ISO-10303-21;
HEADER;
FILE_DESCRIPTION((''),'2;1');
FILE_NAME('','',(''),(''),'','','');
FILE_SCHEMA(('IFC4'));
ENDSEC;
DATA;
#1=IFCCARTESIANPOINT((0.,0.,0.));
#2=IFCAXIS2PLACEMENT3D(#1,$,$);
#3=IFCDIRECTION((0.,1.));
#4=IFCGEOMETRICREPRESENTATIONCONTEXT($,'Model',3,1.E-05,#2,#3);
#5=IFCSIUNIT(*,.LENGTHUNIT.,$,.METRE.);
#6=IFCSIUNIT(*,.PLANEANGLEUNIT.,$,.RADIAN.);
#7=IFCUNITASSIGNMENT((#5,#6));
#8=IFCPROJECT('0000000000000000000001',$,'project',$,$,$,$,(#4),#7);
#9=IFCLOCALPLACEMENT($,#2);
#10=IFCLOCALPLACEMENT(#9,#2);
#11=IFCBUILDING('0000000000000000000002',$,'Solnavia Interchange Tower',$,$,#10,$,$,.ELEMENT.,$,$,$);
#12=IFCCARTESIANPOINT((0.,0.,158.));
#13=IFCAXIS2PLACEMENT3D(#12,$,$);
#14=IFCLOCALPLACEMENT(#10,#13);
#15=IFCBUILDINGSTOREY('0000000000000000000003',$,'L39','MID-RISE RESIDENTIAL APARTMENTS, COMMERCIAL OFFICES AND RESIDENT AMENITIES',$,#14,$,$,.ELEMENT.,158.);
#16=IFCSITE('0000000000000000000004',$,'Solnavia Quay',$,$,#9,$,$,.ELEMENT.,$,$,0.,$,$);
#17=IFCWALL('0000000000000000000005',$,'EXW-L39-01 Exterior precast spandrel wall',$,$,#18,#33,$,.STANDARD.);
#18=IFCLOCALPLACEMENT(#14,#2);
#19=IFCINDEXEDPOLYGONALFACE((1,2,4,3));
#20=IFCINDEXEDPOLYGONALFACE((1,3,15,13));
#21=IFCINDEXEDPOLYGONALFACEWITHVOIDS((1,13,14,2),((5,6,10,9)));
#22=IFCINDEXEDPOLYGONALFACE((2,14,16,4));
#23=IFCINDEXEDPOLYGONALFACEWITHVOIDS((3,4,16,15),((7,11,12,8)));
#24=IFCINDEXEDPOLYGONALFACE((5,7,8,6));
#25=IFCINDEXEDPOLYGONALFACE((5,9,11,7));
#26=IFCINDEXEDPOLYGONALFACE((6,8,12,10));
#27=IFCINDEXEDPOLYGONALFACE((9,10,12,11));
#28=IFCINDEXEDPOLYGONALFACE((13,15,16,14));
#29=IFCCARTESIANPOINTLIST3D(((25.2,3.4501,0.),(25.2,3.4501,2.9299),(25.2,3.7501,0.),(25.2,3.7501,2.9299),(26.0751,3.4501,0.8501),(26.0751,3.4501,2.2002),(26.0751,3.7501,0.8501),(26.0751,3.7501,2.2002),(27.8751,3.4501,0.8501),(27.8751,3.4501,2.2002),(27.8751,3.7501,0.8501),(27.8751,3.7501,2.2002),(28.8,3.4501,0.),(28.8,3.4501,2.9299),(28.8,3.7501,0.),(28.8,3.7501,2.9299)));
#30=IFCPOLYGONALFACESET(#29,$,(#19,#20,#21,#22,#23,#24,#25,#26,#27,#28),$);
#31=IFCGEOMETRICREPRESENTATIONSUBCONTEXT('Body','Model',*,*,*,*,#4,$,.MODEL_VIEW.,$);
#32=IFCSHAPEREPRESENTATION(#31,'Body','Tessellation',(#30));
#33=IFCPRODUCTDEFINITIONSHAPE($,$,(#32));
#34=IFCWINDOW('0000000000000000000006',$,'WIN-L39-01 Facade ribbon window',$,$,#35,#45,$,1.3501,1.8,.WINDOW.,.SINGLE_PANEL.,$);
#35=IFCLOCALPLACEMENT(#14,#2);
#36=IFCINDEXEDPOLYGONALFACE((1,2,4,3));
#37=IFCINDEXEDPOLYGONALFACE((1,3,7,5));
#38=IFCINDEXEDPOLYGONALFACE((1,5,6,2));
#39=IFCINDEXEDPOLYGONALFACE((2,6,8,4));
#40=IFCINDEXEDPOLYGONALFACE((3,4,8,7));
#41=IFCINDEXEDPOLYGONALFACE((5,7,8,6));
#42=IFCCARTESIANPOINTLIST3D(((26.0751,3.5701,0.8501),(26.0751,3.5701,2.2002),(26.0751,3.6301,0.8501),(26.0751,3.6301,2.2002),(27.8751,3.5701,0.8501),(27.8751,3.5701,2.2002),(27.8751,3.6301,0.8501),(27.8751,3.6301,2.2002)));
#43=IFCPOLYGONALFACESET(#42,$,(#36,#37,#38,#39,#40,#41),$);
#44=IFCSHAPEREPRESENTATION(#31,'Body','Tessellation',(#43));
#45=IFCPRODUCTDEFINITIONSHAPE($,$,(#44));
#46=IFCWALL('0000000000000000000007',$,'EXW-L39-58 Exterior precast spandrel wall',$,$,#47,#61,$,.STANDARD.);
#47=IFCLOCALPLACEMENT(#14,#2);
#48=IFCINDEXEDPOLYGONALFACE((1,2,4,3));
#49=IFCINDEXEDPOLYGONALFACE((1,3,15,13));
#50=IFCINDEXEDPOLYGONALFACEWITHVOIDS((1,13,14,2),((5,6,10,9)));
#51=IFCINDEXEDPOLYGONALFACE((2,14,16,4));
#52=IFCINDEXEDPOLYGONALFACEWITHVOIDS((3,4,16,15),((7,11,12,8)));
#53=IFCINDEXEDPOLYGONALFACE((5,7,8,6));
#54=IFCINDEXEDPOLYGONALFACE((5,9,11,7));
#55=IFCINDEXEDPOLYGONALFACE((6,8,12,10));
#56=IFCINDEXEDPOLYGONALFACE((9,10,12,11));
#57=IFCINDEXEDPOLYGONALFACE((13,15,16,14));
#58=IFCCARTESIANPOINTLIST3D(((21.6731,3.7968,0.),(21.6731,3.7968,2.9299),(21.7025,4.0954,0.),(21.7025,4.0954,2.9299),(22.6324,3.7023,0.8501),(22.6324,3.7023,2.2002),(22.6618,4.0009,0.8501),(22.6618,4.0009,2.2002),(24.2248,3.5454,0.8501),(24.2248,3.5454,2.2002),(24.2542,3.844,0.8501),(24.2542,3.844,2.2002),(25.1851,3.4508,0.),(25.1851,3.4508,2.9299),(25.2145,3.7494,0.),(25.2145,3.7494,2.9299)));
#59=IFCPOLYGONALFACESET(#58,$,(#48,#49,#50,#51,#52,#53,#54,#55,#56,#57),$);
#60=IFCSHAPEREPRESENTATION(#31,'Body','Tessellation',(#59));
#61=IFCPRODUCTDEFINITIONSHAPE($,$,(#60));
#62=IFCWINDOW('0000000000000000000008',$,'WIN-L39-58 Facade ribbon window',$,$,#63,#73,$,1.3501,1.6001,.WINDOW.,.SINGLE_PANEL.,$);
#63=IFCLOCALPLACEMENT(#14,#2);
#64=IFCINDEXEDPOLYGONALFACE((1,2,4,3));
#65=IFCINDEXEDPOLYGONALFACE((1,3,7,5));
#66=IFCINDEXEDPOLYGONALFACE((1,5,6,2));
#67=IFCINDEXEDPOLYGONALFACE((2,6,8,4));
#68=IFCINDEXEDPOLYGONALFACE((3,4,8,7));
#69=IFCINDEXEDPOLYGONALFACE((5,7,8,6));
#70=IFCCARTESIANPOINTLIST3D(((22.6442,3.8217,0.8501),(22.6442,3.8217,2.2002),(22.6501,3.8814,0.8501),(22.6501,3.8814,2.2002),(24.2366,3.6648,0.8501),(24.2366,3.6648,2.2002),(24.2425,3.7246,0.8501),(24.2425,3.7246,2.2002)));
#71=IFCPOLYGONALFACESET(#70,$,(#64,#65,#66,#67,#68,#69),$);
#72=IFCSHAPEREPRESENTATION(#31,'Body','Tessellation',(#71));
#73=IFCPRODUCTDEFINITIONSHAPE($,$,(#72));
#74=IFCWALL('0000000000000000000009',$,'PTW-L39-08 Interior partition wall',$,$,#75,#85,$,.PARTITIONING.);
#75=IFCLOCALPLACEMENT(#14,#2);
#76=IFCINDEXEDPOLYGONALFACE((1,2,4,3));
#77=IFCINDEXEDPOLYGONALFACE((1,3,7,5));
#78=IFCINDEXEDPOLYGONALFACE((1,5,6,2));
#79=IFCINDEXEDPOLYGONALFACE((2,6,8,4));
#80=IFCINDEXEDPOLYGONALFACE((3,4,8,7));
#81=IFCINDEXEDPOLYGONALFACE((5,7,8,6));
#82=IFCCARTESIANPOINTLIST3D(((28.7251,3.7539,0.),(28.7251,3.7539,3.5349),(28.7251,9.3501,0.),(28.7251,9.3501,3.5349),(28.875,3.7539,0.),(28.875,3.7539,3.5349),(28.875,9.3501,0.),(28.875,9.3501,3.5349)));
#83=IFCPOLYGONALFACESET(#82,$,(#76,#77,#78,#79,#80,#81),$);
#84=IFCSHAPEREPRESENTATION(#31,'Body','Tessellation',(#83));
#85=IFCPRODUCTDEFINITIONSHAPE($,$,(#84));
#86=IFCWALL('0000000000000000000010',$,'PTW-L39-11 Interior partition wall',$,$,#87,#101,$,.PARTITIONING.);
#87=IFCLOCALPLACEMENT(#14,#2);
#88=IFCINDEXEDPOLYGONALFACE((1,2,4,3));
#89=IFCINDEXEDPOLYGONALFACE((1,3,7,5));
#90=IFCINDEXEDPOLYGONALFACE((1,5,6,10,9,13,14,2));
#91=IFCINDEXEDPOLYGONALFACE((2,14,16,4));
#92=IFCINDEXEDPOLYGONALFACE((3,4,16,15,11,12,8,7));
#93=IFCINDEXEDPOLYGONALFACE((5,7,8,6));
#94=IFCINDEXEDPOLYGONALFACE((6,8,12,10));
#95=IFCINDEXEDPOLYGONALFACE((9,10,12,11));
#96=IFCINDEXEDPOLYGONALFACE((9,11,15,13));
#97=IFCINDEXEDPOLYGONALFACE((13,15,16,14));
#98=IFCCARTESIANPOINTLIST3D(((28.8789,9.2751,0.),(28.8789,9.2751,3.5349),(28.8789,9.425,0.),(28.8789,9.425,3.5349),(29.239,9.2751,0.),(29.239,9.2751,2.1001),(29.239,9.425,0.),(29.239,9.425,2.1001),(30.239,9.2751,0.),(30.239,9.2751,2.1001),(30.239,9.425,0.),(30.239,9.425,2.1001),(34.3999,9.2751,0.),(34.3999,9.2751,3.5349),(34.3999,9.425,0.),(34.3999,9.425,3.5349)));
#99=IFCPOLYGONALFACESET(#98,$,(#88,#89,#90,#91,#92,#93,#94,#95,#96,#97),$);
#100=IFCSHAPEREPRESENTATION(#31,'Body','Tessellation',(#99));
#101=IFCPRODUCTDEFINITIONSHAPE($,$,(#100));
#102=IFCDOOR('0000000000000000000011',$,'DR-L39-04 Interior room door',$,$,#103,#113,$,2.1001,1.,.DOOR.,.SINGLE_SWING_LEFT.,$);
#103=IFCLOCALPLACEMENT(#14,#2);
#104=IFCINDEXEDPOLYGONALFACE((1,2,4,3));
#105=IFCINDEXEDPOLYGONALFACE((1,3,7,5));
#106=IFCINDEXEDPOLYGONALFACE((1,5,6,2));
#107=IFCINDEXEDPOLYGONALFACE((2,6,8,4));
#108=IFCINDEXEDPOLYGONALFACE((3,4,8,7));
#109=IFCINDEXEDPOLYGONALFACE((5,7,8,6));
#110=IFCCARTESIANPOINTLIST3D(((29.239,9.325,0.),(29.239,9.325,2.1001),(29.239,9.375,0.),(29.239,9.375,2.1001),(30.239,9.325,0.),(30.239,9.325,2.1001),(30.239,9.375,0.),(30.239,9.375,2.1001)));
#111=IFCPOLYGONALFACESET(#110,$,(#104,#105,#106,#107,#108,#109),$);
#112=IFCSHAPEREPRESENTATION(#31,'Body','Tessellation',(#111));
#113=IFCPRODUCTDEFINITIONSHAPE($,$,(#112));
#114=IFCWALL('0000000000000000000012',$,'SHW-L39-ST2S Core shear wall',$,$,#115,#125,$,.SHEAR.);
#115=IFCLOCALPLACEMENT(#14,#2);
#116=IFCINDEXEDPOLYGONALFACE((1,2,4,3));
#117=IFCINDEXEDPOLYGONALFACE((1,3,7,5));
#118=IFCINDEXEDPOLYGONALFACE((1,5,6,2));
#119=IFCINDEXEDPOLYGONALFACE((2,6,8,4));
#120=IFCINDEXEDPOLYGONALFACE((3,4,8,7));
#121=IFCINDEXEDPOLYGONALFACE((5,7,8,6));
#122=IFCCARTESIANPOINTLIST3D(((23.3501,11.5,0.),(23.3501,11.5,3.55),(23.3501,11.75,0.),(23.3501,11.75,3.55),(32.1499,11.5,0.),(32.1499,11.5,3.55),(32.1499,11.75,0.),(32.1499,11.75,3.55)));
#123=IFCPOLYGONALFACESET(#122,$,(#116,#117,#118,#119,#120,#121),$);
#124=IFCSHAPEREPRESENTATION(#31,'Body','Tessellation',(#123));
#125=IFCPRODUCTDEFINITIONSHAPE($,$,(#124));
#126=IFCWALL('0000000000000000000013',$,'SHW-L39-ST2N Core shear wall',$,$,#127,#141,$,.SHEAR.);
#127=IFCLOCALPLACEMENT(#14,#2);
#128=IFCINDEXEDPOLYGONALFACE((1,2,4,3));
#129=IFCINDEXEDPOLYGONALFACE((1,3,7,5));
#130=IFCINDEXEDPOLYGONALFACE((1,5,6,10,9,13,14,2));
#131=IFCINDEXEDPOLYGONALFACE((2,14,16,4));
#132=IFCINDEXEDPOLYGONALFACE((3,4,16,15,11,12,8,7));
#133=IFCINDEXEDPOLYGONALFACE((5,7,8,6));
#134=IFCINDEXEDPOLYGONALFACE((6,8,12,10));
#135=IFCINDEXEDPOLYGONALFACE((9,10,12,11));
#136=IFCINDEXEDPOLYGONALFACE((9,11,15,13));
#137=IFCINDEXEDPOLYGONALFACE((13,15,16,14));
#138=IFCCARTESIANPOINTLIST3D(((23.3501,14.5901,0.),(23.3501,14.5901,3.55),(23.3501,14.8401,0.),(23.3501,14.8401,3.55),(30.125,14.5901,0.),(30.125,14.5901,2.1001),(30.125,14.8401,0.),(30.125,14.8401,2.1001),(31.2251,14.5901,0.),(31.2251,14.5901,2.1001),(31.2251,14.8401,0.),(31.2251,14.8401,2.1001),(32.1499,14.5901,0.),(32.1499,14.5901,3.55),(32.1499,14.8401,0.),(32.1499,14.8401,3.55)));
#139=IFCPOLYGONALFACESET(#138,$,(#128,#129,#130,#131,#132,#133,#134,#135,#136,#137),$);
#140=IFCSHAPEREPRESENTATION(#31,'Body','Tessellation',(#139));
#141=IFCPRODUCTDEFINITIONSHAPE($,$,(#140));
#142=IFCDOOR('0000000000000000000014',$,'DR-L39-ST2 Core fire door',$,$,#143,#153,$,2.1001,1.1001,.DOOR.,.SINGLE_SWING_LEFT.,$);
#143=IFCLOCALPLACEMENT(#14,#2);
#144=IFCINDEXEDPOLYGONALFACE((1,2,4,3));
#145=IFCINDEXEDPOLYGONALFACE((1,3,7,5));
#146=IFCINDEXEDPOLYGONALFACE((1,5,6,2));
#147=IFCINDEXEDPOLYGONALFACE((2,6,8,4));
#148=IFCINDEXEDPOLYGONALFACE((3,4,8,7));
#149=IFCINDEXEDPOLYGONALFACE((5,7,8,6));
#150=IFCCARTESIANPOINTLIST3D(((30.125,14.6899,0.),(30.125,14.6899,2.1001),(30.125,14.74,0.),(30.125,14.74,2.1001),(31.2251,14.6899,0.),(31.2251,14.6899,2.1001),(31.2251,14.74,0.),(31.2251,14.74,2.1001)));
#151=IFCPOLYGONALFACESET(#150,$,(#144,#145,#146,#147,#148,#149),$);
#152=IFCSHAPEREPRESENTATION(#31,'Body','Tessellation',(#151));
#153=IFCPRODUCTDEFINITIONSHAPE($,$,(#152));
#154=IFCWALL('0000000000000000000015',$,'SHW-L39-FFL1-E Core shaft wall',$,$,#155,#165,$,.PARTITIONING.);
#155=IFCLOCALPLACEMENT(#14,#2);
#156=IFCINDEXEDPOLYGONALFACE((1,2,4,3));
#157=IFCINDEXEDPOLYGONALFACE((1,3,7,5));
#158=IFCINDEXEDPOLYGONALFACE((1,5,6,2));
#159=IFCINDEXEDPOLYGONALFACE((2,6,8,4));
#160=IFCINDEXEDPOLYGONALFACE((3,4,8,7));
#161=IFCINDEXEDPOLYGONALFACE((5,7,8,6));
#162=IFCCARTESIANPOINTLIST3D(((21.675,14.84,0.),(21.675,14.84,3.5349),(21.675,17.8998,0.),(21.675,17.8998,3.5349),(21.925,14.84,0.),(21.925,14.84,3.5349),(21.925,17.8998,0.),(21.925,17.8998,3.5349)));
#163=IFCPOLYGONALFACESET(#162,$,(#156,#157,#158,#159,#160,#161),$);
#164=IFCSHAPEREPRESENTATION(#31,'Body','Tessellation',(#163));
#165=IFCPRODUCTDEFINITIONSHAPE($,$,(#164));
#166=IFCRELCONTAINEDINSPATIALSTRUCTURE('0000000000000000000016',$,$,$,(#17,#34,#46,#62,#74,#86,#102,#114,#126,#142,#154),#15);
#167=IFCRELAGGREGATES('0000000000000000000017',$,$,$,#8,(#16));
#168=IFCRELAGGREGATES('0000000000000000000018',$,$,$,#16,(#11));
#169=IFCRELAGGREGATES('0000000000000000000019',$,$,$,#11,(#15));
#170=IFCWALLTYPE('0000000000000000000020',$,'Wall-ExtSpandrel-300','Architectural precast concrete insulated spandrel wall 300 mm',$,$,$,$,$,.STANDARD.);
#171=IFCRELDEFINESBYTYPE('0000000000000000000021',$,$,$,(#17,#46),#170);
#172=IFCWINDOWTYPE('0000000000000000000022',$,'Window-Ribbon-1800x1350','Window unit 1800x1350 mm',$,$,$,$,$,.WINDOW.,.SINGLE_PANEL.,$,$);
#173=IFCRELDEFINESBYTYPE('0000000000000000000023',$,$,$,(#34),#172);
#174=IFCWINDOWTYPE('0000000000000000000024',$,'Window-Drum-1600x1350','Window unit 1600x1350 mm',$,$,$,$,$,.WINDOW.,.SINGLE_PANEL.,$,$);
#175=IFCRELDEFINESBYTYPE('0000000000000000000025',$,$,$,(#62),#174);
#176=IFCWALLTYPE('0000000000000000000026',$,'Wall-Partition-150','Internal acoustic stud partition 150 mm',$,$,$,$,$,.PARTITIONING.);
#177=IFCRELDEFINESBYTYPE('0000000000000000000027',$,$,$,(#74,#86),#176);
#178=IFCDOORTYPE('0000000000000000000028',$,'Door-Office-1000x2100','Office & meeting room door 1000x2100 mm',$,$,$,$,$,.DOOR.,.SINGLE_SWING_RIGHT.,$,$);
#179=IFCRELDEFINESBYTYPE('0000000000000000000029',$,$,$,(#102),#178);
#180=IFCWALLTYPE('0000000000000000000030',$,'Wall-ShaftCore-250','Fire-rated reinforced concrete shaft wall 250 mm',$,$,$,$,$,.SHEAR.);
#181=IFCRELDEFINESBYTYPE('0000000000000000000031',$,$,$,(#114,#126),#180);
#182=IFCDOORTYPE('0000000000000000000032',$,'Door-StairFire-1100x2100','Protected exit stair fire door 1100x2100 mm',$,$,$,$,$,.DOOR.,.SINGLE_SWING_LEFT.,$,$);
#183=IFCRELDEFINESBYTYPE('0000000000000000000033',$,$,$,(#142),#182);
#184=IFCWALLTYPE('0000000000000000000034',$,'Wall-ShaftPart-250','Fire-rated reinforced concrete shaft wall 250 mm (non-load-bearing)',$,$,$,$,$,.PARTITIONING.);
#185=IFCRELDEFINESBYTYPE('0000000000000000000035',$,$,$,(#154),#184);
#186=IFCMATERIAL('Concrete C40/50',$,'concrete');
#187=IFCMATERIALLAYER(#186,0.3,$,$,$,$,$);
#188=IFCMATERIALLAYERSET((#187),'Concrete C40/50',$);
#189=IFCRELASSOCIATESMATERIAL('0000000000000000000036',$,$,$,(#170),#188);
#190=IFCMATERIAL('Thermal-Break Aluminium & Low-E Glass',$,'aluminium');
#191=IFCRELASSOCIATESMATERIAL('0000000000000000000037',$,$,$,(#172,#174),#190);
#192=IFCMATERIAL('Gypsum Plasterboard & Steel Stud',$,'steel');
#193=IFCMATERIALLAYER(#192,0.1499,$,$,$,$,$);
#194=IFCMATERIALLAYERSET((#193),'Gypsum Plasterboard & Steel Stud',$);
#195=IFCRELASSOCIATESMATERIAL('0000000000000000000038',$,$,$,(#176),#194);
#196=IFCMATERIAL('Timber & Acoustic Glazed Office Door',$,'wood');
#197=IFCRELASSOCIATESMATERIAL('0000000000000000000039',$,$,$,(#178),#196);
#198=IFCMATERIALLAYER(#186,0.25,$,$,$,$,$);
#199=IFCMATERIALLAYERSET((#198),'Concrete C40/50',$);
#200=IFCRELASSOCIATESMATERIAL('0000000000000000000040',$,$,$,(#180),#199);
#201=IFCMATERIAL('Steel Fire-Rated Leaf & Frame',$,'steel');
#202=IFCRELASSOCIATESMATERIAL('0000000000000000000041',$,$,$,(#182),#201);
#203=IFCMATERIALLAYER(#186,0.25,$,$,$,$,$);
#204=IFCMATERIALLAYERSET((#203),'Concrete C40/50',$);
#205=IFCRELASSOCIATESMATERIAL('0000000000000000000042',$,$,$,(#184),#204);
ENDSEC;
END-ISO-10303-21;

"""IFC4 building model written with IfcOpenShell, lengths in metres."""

from ifc_helpers import new_model, si_unit, direction, frame, frame_2d, origin, place, context, subcontext, project, spatial, rectangle, extrude, material, layer, layer_set, type_object, element, fill, save


model = new_model("IFC4")

# Units and contexts
model_context = context("Model", 3, precision=1e-05, world=origin(), true_north=direction((0.0, 1.0)))
body_context = subcontext(model_context, "Body", "Model", "MODEL_VIEW")
ifc_project = project(units=[si_unit("LENGTHUNIT", "METRE"), si_unit("PLANEANGLEUNIT", "RADIAN")], contexts=[model_context])

# Site, building, storey
site_placement = place(None, origin())
site = spatial("IfcSite", under=ifc_project, at=site_placement, Name="Solnavia Quay", CompositionType="ELEMENT", RefElevation=0.0)
building_placement = place(site_placement, origin())
building = spatial("IfcBuilding", under=site, at=building_placement, Name="Solnavia Interchange Tower", CompositionType="ELEMENT")
storey_placement = place(building_placement, frame((0.0, 0.0, 158.0)))
storey = spatial("IfcBuildingStorey", under=building, at=storey_placement, Name="L39", Description="MID-RISE RESIDENTIAL APARTMENTS, COMMERCIAL OFFICES AND RESIDENT AMENITIES", CompositionType="ELEMENT", Elevation=158.0)

# Walls, openings, windows
ifc_material_1 = material(Name="Concrete C40/50", Category="concrete")
ifc_layer_1 = layer(ifc_material_1, 0.3)
ifc_layer_set_1 = layer_set([ifc_layer_1], Name="Concrete C40/50")
wall_type_1 = type_object("IfcWallType", Name="Wall-ExtSpandrel-300", Description="Architectural precast concrete insulated spandrel wall 300 mm", PredefinedType="STANDARD", material=ifc_layer_set_1)
wall_1_placement = place(storey_placement, frame((28.8, 3.6001, 0.0), z_axis=(0.0, 0.0, 1.0), x_axis=(-1.0, 0.0, 0.0)))
wall_1 = element("IfcWall", 1, at=wall_1_placement, inside=storey, type_object=wall_type_1, Name="EXW-L39-01 Exterior precast spandrel wall", PredefinedType="STANDARD", context=body_context, shape_type="SweptSolid", body=[
    extrude(rectangle(XDim=3.6001, YDim=0.3, at=frame_2d((1.8, 0.0))), origin(), (0.0, 0.0, 1.0), 2.9299),
])
opening_1_placement = place(wall_1_placement, frame((0.925, 0.0, 0.8501)))
opening_1 = element("IfcOpeningElement", 2, at=opening_1_placement, cuts=wall_1, PredefinedType="OPENING", context=body_context, shape_type="SweptSolid", body=[
    extrude(rectangle(XDim=1.8, YDim=1.3501, at=frame_2d((0.8999, 0.675))), frame((0.0, 0.1602, 0.0), z_axis=(0.0, -1.0, 0.0), x_axis=(1.0, 0.0, 0.0)), (0.0, 0.0, 1.0), 0.3201),
])
ifc_material_2 = material(Name="Thermal-Break Aluminium & Low-E Glass", Category="aluminium")
window_type_1 = type_object("IfcWindowType", Name="Window-Ribbon-1800x1350", Description="Window unit 1800x1350 mm", PartitioningType="SINGLE_PANEL", PredefinedType="WINDOW", material=ifc_material_2)
window_1_placement = place(opening_1_placement, origin())
window_1 = element("IfcWindow", 3, at=window_1_placement, inside=storey, type_object=window_type_1, Name="WIN-L39-01 Facade ribbon window", OverallHeight=1.3501, OverallWidth=1.8, PartitioningType="SINGLE_PANEL", PredefinedType="WINDOW", context=body_context, shape_type="SweptSolid", body=[
    extrude(rectangle(XDim=1.8, YDim=1.3501, at=frame_2d((0.8999, 0.675))), frame((0.0, 0.03, 0.0), z_axis=(0.0, -1.0, 0.0), x_axis=(1.0, 0.0, 0.0)), (0.0, 0.0, 1.0), 0.0601),
])
fill(opening_1, window_1)
wall_2_placement = place(storey_placement, frame((25.2, 3.6001, 0.0), z_axis=(0.0, 0.0, 1.0), x_axis=(-0.995183, 0.098031, 0.0)))
wall_2 = element("IfcWall", 4, at=wall_2_placement, inside=storey, type_object=wall_type_1, Name="EXW-L39-58 Exterior precast spandrel wall", PredefinedType="STANDARD", context=body_context, shape_type="SweptSolid", body=[
    extrude(rectangle(XDim=3.5291, YDim=0.3, at=frame_2d((1.7646, 0.0))), origin(), (0.0, 0.0, 1.0), 2.9299),
])
opening_2_placement = place(wall_2_placement, frame((0.9651, 0.0, 0.8501)))
opening_2 = element("IfcOpeningElement", 5, at=opening_2_placement, cuts=wall_2, PredefinedType="OPENING", context=body_context, shape_type="SweptSolid", body=[
    extrude(rectangle(XDim=1.6001, YDim=1.3501, at=frame_2d((0.8, 0.675))), frame((0.0, 0.1602, 0.0), z_axis=(0.0, -1.0, 0.0), x_axis=(1.0, 0.0, 0.0)), (0.0, 0.0, 1.0), 0.3201),
])
window_type_2 = type_object("IfcWindowType", Name="Window-Drum-1600x1350", Description="Window unit 1600x1350 mm", PartitioningType="SINGLE_PANEL", PredefinedType="WINDOW", material=ifc_material_2)
window_2_placement = place(opening_2_placement, origin())
window_2 = element("IfcWindow", 6, at=window_2_placement, inside=storey, type_object=window_type_2, Name="WIN-L39-58 Facade ribbon window", OverallHeight=1.3501, OverallWidth=1.6001, PartitioningType="SINGLE_PANEL", PredefinedType="WINDOW", context=body_context, shape_type="SweptSolid", body=[
    extrude(rectangle(XDim=1.6001, YDim=1.3501, at=frame_2d((0.8, 0.675))), frame((0.0, 0.03, 0.0), z_axis=(0.0, -1.0, 0.0), x_axis=(1.0, 0.0, 0.0)), (0.0, 0.0, 1.0), 0.0601),
])
fill(opening_2, window_2)

# Wall
ifc_material_3 = material(Name="Gypsum Plasterboard & Steel Stud", Category="steel")
ifc_layer_2 = layer(ifc_material_3, 0.1499)
ifc_layer_set_2 = layer_set([ifc_layer_2], Name="Gypsum Plasterboard & Steel Stud")
wall_type_2 = type_object("IfcWallType", Name="Wall-Partition-150", Description="Internal acoustic stud partition 150 mm", PredefinedType="PARTITIONING", material=ifc_layer_set_2)
wall_3_placement = place(storey_placement, frame((28.8, 9.3501, 0.0), z_axis=(0.0, 0.0, 1.0), x_axis=(0.0, -1.0, 0.0)))
element("IfcWall", 7, at=wall_3_placement, inside=storey, type_object=wall_type_2, Name="PTW-L39-08 Interior partition wall", PredefinedType="PARTITIONING", context=body_context, shape_type="SweptSolid", body=[
    extrude(rectangle(XDim=5.5962, YDim=0.1499, at=frame_2d((2.7981, 0.0))), origin(), (0.0, 0.0, 1.0), 3.5349),
])

# Wall, opening, door
wall_4_placement = place(storey_placement, frame((28.8789, 9.3501, 0.0), z_axis=(0.0, 0.0, 1.0), x_axis=(1.0, 0.0, 0.0)))
wall_4 = element("IfcWall", 8, at=wall_4_placement, inside=storey, type_object=wall_type_2, Name="PTW-L39-11 Interior partition wall", PredefinedType="PARTITIONING", context=body_context, shape_type="SweptSolid", body=[
    extrude(rectangle(XDim=5.521, YDim=0.1499, at=frame_2d((2.7605, 0.0))), origin(), (0.0, 0.0, 1.0), 3.5349),
])
opening_3_placement = place(wall_4_placement, frame((0.3601, 0.0, 0.0)))
opening_3 = element("IfcOpeningElement", 9, at=opening_3_placement, cuts=wall_4, PredefinedType="OPENING", context=body_context, shape_type="SweptSolid", body=[
    extrude(rectangle(XDim=1.0, YDim=2.1001, at=frame_2d((0.5, 1.05))), frame((0.0, 0.085, 0.0), z_axis=(0.0, -1.0, 0.0), x_axis=(1.0, 0.0, 0.0)), (0.0, 0.0, 1.0), 0.1699),
])
ifc_material_4 = material(Name="Timber & Acoustic Glazed Office Door", Category="wood")
door_type_1 = type_object("IfcDoorType", Name="Door-Office-1000x2100", Description="Office & meeting room door 1000x2100 mm", OperationType="SINGLE_SWING_RIGHT", PredefinedType="DOOR", material=ifc_material_4)
door_1_placement = place(opening_3_placement, origin())
door_1 = element("IfcDoor", 10, at=door_1_placement, inside=storey, type_object=door_type_1, Name="DR-L39-04 Interior room door", OperationType="SINGLE_SWING_LEFT", OverallHeight=2.1001, OverallWidth=1.0, PredefinedType="DOOR", context=body_context, shape_type="SweptSolid", body=[
    extrude(rectangle(XDim=1.0, YDim=2.1001, at=frame_2d((0.5, 1.05))), frame((0.0, 0.0249, 0.0), z_axis=(0.0, -1.0, 0.0), x_axis=(1.0, 0.0, 0.0)), (0.0, 0.0, 1.0), 0.05),
])
fill(opening_3, door_1)

# Wall
ifc_layer_3 = layer(ifc_material_1, 0.25)
ifc_layer_set_3 = layer_set([ifc_layer_3], Name="Concrete C40/50")
wall_type_3 = type_object("IfcWallType", Name="Wall-ShaftCore-250", Description="Fire-rated reinforced concrete shaft wall 250 mm", PredefinedType="SHEAR", material=ifc_layer_set_3)
wall_5_placement = place(storey_placement, frame((23.3501, 11.625, 0.0), z_axis=(0.0, 0.0, 1.0), x_axis=(1.0, 0.0, 0.0)))
element("IfcWall", 11, at=wall_5_placement, inside=storey, type_object=wall_type_3, Name="SHW-L39-ST2S Core shear wall", PredefinedType="SHEAR", context=body_context, shape_type="SweptSolid", body=[
    extrude(rectangle(XDim=8.7998, YDim=0.25, at=frame_2d((4.3999, 0.0))), origin(), (0.0, 0.0, 1.0), 3.55),
])

# Wall, opening, door
wall_6_placement = place(storey_placement, frame((23.3501, 14.7151, 0.0), z_axis=(0.0, 0.0, 1.0), x_axis=(1.0, 0.0, 0.0)))
wall_6 = element("IfcWall", 12, at=wall_6_placement, inside=storey, type_object=wall_type_3, Name="SHW-L39-ST2N Core shear wall", PredefinedType="SHEAR", context=body_context, shape_type="SweptSolid", body=[
    extrude(rectangle(XDim=8.7998, YDim=0.25, at=frame_2d((4.3999, 0.0))), origin(), (0.0, 0.0, 1.0), 3.55),
])
opening_4_placement = place(wall_6_placement, frame((6.7749, 0.0, 0.0)))
opening_4 = element("IfcOpeningElement", 13, at=opening_4_placement, cuts=wall_6, PredefinedType="OPENING", context=body_context, shape_type="SweptSolid", body=[
    extrude(rectangle(XDim=1.1001, YDim=2.1001, at=frame_2d((0.55, 1.05))), frame((0.0, 0.135, 0.0), z_axis=(0.0, -1.0, 0.0), x_axis=(1.0, 0.0, 0.0)), (0.0, 0.0, 1.0), 0.27),
])
ifc_material_5 = material(Name="Steel Fire-Rated Leaf & Frame", Category="steel")
door_type_2 = type_object("IfcDoorType", Name="Door-StairFire-1100x2100", Description="Protected exit stair fire door 1100x2100 mm", OperationType="SINGLE_SWING_LEFT", PredefinedType="DOOR", material=ifc_material_5)
door_2_placement = place(opening_4_placement, origin())
door_2 = element("IfcDoor", 14, at=door_2_placement, inside=storey, type_object=door_type_2, Name="DR-L39-ST2 Core fire door", OperationType="SINGLE_SWING_LEFT", OverallHeight=2.1001, OverallWidth=1.1001, PredefinedType="DOOR", context=body_context, shape_type="SweptSolid", body=[
    extrude(rectangle(XDim=1.1001, YDim=2.1001, at=frame_2d((0.55, 1.05))), frame((0.0, 0.0249, 0.0), z_axis=(0.0, -1.0, 0.0), x_axis=(1.0, 0.0, 0.0)), (0.0, 0.0, 1.0), 0.05),
])
fill(opening_4, door_2)

# Wall
ifc_layer_4 = layer(ifc_material_1, 0.25)
ifc_layer_set_4 = layer_set([ifc_layer_4], Name="Concrete C40/50")
wall_type_4 = type_object("IfcWallType", Name="Wall-ShaftPart-250", Description="Fire-rated reinforced concrete shaft wall 250 mm (non-load-bearing)", PredefinedType="PARTITIONING", material=ifc_layer_set_4)
for number, where, z_axis, x_axis, name in (
    (15, (21.8, 14.8401, 0.0), (0.0, 0.0, 1.0), (0.0, 1.0, 0.0), "SHW-L39-FFL1-E Core shaft wall"),
):
    element("IfcWall", number, at=place(storey_placement, frame(where, z_axis=z_axis, x_axis=x_axis)), inside=storey, type_object=wall_type_4, Name=name, PredefinedType="PARTITIONING", context=body_context, shape_type="SweptSolid", body=[
        extrude(rectangle(XDim=3.0598, YDim=0.25, at=frame_2d((1.5298, 0.0))), origin(), (0.0, 0.0, 1.0), 3.5349),
    ])

save(model, "model.ifc")
